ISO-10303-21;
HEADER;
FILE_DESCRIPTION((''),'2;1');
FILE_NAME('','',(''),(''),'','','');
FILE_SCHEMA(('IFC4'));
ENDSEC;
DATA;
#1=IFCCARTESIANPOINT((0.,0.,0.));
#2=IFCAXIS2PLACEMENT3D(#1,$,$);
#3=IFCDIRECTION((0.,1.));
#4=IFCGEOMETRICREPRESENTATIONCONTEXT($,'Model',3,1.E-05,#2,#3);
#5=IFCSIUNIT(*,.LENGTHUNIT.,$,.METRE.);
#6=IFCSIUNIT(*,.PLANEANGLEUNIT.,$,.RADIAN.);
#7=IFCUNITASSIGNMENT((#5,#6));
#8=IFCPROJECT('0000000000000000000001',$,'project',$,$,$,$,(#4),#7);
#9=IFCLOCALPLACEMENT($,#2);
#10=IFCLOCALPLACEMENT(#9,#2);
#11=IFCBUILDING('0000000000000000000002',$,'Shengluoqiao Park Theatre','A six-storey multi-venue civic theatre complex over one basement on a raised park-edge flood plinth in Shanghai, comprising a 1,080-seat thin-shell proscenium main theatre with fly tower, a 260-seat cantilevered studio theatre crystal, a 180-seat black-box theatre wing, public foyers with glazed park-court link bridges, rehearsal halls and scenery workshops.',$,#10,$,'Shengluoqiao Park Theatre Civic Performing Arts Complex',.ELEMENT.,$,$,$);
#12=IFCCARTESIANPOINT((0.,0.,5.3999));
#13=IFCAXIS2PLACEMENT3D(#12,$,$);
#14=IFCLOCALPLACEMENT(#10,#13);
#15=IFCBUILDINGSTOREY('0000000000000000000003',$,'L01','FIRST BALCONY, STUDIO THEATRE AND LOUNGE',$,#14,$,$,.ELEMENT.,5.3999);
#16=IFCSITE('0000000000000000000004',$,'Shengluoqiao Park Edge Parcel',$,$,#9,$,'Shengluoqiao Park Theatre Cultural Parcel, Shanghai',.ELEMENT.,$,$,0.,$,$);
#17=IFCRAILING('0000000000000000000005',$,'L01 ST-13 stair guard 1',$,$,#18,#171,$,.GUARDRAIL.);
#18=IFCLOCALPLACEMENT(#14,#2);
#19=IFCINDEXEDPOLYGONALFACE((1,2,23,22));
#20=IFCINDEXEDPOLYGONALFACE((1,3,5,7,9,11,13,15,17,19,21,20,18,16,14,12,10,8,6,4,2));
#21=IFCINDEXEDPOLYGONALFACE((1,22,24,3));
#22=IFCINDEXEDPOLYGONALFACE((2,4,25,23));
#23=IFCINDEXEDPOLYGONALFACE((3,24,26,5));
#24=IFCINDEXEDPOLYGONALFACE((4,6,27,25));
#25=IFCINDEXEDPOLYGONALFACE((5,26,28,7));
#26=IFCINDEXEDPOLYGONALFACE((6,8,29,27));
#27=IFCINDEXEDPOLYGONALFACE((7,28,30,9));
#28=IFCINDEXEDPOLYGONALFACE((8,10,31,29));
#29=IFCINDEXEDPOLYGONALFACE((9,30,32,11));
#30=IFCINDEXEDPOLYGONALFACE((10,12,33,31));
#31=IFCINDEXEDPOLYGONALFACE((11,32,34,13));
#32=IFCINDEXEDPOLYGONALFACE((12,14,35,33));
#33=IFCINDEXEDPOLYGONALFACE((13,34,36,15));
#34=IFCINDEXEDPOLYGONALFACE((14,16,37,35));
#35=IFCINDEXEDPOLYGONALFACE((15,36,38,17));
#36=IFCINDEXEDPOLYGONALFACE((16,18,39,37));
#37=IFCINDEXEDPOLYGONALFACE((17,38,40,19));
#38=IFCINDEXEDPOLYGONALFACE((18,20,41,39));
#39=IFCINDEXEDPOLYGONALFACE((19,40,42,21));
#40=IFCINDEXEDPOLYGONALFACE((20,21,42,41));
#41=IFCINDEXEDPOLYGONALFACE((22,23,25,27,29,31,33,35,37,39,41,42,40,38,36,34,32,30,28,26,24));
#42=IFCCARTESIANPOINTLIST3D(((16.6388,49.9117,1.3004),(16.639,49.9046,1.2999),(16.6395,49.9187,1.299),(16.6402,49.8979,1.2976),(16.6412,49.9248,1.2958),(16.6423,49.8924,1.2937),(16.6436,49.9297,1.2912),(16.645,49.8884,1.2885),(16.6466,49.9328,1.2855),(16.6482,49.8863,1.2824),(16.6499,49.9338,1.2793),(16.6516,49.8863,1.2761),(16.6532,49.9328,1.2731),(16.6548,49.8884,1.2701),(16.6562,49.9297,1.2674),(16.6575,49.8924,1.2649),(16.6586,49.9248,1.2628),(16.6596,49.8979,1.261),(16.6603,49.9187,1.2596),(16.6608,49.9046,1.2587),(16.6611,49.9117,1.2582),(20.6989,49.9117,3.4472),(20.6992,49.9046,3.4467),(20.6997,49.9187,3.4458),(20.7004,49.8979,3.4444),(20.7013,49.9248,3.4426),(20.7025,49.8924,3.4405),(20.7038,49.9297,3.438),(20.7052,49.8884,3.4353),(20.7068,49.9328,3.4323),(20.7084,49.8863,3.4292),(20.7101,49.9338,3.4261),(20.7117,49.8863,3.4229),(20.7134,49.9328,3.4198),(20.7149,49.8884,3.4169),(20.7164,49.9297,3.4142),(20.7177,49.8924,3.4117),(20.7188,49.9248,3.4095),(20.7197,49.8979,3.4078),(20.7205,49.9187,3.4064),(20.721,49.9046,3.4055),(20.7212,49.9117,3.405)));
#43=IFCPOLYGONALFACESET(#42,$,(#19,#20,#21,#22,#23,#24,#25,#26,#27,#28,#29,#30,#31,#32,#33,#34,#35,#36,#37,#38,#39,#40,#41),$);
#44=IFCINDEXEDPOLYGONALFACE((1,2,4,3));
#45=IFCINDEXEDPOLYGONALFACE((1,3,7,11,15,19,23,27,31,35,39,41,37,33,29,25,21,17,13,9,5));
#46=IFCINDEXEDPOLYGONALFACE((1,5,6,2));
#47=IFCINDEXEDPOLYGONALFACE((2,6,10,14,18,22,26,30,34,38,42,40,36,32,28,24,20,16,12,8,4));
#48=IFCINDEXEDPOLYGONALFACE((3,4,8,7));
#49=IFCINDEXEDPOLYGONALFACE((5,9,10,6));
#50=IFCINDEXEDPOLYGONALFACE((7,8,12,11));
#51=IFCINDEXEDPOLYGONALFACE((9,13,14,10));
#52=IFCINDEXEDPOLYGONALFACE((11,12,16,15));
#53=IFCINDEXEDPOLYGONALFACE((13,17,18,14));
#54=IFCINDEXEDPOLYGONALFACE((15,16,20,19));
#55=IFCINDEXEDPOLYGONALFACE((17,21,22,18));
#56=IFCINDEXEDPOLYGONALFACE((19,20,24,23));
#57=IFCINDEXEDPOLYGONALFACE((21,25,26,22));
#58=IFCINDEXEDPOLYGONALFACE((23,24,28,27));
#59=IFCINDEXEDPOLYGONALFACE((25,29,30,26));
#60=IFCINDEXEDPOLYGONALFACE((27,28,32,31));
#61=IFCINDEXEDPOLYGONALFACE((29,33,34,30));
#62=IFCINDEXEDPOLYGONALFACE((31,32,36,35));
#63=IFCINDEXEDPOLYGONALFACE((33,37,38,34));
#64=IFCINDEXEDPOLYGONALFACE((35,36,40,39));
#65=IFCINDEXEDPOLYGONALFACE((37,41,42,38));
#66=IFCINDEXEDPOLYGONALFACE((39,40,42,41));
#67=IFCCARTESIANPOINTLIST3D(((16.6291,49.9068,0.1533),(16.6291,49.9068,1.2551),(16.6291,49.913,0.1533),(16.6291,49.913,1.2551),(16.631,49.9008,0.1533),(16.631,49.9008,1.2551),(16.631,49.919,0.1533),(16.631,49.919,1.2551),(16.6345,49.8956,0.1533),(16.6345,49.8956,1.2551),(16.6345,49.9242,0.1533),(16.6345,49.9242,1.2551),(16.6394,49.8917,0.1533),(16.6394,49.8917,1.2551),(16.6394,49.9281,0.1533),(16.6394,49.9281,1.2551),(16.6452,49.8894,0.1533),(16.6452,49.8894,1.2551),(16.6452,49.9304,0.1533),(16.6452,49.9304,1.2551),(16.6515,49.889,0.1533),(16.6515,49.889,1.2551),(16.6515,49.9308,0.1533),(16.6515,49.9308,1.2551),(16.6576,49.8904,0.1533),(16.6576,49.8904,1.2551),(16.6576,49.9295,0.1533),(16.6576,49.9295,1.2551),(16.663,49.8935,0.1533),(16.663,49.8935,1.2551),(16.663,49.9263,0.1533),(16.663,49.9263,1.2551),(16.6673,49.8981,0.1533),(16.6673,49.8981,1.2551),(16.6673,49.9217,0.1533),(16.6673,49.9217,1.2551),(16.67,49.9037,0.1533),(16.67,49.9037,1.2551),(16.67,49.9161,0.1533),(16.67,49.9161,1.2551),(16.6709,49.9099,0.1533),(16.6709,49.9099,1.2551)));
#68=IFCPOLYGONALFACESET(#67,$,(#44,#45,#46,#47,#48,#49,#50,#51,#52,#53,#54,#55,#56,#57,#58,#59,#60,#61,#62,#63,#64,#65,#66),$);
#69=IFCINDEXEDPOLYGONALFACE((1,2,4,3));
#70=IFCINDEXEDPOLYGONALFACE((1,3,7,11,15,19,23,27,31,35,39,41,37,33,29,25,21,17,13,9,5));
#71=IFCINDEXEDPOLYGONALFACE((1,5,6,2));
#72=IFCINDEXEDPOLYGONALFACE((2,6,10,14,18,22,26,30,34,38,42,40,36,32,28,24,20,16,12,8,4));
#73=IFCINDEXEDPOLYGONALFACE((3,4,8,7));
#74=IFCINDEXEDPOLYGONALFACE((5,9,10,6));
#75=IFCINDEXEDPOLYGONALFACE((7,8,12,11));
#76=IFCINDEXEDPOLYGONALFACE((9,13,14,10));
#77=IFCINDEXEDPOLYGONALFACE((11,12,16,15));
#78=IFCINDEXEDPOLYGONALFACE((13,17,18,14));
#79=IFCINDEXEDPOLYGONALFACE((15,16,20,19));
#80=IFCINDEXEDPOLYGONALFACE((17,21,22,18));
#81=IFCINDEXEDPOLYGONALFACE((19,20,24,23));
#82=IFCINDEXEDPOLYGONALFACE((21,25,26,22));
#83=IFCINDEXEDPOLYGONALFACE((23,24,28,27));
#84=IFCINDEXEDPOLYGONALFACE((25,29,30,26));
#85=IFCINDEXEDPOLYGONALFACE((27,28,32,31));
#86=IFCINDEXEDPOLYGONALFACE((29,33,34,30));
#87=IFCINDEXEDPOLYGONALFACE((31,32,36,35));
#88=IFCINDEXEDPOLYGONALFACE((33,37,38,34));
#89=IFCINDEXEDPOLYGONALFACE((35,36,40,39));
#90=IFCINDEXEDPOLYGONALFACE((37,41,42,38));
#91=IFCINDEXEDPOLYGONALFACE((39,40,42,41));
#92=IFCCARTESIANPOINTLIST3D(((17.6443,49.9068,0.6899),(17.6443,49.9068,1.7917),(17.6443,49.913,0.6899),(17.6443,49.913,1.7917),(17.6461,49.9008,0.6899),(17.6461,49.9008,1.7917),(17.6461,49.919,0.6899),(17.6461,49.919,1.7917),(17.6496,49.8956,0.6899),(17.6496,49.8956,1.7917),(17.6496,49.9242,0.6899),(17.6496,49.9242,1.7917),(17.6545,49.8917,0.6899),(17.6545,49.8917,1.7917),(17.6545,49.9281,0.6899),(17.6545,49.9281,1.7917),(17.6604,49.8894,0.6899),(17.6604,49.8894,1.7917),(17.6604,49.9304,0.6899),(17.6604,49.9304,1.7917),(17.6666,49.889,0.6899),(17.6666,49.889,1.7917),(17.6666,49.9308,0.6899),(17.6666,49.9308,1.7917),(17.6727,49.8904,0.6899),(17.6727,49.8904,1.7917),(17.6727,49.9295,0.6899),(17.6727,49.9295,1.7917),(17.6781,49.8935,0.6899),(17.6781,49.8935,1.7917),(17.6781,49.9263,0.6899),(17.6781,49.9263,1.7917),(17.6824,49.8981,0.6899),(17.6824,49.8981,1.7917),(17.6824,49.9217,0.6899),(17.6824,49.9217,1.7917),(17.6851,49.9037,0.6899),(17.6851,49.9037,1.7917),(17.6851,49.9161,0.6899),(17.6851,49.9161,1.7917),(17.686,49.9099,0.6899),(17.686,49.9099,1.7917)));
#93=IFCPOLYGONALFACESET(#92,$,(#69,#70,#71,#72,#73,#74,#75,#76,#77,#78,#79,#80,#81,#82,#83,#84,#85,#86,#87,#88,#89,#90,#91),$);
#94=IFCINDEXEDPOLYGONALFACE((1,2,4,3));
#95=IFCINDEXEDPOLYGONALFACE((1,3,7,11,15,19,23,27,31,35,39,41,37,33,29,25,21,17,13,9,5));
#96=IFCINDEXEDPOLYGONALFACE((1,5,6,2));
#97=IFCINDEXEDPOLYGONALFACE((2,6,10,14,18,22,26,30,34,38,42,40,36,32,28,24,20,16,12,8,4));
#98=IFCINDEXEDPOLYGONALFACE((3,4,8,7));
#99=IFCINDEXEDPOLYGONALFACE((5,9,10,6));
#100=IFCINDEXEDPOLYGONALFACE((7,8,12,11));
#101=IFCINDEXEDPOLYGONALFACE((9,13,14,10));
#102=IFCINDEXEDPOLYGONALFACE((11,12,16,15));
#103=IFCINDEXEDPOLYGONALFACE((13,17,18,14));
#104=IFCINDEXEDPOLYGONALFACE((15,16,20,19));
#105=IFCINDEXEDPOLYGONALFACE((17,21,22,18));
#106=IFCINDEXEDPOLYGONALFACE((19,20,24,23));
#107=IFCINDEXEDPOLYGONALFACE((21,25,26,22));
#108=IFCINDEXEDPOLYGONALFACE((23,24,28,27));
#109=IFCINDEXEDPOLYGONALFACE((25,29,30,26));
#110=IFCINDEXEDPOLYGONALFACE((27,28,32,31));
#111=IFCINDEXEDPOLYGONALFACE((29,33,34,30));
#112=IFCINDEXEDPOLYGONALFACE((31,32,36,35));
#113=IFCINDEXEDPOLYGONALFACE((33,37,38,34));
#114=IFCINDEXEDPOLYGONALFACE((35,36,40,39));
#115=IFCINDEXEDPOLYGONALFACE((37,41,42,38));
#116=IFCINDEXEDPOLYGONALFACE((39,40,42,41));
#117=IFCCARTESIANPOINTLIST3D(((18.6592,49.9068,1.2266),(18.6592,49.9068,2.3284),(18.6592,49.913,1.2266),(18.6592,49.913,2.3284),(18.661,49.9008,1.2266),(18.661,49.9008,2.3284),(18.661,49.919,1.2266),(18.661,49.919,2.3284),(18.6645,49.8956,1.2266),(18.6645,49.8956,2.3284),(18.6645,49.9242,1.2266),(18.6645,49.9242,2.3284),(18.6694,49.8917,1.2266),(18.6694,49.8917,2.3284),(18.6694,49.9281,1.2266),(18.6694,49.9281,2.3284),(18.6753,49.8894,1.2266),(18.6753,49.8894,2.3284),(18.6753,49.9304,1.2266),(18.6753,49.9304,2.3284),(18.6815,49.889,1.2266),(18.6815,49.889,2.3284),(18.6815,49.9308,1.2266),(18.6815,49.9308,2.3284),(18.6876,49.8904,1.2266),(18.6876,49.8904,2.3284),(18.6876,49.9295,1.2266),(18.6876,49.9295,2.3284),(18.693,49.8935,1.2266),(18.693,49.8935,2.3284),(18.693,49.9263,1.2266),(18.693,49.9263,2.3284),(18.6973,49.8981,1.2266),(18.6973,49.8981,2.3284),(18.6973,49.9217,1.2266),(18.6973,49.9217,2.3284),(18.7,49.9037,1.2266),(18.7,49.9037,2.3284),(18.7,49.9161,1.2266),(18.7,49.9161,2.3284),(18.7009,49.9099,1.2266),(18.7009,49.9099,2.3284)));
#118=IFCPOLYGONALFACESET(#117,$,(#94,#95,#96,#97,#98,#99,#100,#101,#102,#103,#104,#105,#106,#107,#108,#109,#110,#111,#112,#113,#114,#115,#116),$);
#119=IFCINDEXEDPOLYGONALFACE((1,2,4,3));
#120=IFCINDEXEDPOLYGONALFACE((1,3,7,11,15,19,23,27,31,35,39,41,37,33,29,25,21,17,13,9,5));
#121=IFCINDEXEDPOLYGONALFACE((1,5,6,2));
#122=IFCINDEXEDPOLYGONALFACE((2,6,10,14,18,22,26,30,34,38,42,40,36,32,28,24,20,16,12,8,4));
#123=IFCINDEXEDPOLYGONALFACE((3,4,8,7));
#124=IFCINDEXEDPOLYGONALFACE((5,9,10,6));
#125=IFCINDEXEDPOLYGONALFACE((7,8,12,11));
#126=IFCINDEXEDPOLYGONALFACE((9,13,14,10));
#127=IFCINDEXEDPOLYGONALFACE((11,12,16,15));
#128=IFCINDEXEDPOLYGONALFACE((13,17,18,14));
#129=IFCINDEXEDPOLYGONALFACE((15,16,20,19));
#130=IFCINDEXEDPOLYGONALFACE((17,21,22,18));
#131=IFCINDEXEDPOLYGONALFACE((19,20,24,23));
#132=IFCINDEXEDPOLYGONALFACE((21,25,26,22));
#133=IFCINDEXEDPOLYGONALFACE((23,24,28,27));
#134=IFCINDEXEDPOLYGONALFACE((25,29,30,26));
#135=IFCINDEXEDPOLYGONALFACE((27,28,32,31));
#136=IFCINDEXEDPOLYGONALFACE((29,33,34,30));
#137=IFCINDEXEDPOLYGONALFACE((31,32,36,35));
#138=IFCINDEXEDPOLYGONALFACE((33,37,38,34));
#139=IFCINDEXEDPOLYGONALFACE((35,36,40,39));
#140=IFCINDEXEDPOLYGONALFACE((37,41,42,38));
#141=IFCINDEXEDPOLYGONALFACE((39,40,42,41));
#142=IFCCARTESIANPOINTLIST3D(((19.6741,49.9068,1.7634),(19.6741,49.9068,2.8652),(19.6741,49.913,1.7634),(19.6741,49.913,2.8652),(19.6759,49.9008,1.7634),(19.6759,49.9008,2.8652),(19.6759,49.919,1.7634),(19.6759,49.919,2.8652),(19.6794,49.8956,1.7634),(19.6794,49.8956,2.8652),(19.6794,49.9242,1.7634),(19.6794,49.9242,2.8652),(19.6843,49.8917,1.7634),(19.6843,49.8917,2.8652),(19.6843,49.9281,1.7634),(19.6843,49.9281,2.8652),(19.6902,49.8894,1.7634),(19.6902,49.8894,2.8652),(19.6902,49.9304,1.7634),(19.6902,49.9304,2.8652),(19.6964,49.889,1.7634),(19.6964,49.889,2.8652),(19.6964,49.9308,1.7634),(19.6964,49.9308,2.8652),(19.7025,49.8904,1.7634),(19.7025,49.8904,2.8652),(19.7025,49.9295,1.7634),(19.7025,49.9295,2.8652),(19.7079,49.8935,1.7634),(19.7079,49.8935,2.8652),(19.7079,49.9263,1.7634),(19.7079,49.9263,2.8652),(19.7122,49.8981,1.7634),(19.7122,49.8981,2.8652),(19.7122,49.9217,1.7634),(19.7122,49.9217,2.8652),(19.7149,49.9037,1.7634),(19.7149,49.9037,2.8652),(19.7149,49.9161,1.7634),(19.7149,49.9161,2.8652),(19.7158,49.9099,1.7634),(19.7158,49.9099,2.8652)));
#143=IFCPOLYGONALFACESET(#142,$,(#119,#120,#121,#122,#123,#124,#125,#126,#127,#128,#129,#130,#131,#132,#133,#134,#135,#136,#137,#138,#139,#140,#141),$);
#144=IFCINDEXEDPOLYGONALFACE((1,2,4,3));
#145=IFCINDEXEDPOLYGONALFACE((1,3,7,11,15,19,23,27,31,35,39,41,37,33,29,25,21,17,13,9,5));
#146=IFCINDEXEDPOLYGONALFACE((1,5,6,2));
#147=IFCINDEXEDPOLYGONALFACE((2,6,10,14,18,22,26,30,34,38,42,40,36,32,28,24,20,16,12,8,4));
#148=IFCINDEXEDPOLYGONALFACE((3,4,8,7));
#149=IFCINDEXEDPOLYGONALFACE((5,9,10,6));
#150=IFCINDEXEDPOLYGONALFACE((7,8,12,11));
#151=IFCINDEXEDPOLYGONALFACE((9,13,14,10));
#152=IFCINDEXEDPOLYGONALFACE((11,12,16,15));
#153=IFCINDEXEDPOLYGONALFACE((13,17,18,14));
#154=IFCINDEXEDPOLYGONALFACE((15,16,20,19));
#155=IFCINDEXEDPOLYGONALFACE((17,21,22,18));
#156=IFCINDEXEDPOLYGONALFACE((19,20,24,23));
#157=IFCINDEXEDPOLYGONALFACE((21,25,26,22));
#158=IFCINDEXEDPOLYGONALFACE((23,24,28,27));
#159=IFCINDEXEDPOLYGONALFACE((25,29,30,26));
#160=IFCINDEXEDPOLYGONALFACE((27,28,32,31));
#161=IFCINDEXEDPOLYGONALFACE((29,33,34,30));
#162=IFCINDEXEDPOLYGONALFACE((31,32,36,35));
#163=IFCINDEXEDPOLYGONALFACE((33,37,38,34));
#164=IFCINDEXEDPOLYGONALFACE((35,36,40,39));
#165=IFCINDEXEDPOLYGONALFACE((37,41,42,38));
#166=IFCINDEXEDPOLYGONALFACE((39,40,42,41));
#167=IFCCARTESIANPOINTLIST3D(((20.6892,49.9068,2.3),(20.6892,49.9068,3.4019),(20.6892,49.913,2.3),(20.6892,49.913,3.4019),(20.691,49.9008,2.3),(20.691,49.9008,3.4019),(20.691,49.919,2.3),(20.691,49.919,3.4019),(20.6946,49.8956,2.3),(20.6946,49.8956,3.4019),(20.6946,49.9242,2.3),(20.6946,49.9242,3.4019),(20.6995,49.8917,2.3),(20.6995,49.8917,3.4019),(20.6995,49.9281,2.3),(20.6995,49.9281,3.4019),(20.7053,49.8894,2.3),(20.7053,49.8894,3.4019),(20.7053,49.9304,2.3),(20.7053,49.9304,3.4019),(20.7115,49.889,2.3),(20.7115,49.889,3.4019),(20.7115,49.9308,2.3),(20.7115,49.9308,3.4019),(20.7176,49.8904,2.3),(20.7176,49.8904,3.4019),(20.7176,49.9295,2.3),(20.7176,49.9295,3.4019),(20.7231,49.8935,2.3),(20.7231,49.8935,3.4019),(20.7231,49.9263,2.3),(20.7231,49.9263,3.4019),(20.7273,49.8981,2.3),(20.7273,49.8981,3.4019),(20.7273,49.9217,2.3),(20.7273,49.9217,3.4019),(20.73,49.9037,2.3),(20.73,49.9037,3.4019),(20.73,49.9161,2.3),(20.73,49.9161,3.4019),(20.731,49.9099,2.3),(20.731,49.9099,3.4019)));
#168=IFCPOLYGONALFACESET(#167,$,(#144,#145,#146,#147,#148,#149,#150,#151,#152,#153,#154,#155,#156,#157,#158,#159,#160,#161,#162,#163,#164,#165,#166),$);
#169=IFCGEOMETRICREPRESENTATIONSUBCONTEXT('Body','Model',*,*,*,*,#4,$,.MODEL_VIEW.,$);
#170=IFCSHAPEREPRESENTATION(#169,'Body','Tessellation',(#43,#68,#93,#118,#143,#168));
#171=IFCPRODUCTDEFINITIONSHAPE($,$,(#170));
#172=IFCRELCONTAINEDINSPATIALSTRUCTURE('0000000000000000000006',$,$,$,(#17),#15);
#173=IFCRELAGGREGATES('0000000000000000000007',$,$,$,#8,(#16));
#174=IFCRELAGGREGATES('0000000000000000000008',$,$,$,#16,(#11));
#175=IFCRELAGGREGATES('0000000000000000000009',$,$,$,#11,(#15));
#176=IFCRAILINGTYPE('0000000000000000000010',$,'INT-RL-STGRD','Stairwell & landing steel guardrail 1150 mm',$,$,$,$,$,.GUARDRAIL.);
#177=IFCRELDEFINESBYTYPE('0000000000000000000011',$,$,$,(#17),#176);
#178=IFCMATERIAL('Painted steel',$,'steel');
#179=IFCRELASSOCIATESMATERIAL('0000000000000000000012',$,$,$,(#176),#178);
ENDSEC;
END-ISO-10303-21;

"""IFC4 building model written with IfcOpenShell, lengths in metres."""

from ifc_helpers import new_model, si_unit, direction, frame, origin, origin_2d, place, context, subcontext, project, spatial, circle, extrude, material, type_object, element, save


model = new_model("IFC4")

# Units and contexts
model_context = context("Model", 3, precision=1e-05, world=origin(), true_north=direction((0.0, 1.0)))
body_context = subcontext(model_context, "Body", "Model", "MODEL_VIEW")
ifc_project = project(units=[si_unit("LENGTHUNIT", "METRE"), si_unit("PLANEANGLEUNIT", "RADIAN")], contexts=[model_context])

# Site, building, storey
site_placement = place(None, origin())
site = spatial("IfcSite", under=ifc_project, at=site_placement, Name="Shengluoqiao Park Edge Parcel", LongName="Shengluoqiao Park Theatre Cultural Parcel, Shanghai", CompositionType="ELEMENT", RefElevation=0.0)
building_placement = place(site_placement, origin())
building = spatial("IfcBuilding", under=site, at=building_placement, Name="Shengluoqiao Park Theatre", Description="A six-storey multi-venue civic theatre complex over one basement on a raised park-edge flood plinth in Shanghai, comprising a 1,080-seat thin-shell proscenium main theatre with fly tower, a 260-seat cantilevered studio theatre crystal, a 180-seat black-box theatre wing, public foyers with glazed park-court link bridges, rehearsal halls and scenery workshops.", LongName="Shengluoqiao Park Theatre Civic Performing Arts Complex", CompositionType="ELEMENT")
storey_placement = place(building_placement, frame((0.0, 0.0, 5.3999)))
storey = spatial("IfcBuildingStorey", under=building, at=storey_placement, Name="L01", Description="FIRST BALCONY, STUDIO THEATRE AND LOUNGE", CompositionType="ELEMENT", Elevation=5.3999)

# Railing
ifc_material_1 = material(Name="Painted steel", Category="steel")
railing_type_1 = type_object("IfcRailingType", Name="INT-RL-STGRD", Description="Stairwell & landing steel guardrail 1150 mm", PredefinedType="GUARDRAIL", material=ifc_material_1)
railing_1_placement = place(storey_placement, frame((16.6499, 49.9099, 0.1533)))
element("IfcRailing", 1, at=railing_1_placement, inside=storey, type_object=railing_type_1, Name="L01 ST-13 stair guard 1", PredefinedType="GUARDRAIL", context=body_context, shape_type="SweptSolid", body=[
    extrude(circle(Radius=0.0239, at=origin_2d()), frame((0.0, 0.0, 1.126), z_axis=(0.884032, 0.0, 0.467426), x_axis=(0.0, 1.0, 0.0)), (0.0, 0.0, 1.0), 4.5928),
    extrude(circle(Radius=0.021, at=origin_2d()), origin(), (0.0, 0.0, 1.0), 1.1018),
    extrude(circle(Radius=0.021, at=origin_2d()), frame((1.0151, 0.0, 0.5366)), (0.0, 0.0, 1.0), 1.1018),
    extrude(circle(Radius=0.021, at=origin_2d()), frame((2.03, 0.0, 1.0732)), (0.0, 0.0, 1.0), 1.1018),
    extrude(circle(Radius=0.021, at=origin_2d()), frame((3.0449, 0.0, 1.6101)), (0.0, 0.0, 1.0), 1.1018),
    extrude(circle(Radius=0.021, at=origin_2d()), frame((4.0601, 0.0, 2.1467)), (0.0, 0.0, 1.0), 1.1018),
])

save(model, "model.ifc")
